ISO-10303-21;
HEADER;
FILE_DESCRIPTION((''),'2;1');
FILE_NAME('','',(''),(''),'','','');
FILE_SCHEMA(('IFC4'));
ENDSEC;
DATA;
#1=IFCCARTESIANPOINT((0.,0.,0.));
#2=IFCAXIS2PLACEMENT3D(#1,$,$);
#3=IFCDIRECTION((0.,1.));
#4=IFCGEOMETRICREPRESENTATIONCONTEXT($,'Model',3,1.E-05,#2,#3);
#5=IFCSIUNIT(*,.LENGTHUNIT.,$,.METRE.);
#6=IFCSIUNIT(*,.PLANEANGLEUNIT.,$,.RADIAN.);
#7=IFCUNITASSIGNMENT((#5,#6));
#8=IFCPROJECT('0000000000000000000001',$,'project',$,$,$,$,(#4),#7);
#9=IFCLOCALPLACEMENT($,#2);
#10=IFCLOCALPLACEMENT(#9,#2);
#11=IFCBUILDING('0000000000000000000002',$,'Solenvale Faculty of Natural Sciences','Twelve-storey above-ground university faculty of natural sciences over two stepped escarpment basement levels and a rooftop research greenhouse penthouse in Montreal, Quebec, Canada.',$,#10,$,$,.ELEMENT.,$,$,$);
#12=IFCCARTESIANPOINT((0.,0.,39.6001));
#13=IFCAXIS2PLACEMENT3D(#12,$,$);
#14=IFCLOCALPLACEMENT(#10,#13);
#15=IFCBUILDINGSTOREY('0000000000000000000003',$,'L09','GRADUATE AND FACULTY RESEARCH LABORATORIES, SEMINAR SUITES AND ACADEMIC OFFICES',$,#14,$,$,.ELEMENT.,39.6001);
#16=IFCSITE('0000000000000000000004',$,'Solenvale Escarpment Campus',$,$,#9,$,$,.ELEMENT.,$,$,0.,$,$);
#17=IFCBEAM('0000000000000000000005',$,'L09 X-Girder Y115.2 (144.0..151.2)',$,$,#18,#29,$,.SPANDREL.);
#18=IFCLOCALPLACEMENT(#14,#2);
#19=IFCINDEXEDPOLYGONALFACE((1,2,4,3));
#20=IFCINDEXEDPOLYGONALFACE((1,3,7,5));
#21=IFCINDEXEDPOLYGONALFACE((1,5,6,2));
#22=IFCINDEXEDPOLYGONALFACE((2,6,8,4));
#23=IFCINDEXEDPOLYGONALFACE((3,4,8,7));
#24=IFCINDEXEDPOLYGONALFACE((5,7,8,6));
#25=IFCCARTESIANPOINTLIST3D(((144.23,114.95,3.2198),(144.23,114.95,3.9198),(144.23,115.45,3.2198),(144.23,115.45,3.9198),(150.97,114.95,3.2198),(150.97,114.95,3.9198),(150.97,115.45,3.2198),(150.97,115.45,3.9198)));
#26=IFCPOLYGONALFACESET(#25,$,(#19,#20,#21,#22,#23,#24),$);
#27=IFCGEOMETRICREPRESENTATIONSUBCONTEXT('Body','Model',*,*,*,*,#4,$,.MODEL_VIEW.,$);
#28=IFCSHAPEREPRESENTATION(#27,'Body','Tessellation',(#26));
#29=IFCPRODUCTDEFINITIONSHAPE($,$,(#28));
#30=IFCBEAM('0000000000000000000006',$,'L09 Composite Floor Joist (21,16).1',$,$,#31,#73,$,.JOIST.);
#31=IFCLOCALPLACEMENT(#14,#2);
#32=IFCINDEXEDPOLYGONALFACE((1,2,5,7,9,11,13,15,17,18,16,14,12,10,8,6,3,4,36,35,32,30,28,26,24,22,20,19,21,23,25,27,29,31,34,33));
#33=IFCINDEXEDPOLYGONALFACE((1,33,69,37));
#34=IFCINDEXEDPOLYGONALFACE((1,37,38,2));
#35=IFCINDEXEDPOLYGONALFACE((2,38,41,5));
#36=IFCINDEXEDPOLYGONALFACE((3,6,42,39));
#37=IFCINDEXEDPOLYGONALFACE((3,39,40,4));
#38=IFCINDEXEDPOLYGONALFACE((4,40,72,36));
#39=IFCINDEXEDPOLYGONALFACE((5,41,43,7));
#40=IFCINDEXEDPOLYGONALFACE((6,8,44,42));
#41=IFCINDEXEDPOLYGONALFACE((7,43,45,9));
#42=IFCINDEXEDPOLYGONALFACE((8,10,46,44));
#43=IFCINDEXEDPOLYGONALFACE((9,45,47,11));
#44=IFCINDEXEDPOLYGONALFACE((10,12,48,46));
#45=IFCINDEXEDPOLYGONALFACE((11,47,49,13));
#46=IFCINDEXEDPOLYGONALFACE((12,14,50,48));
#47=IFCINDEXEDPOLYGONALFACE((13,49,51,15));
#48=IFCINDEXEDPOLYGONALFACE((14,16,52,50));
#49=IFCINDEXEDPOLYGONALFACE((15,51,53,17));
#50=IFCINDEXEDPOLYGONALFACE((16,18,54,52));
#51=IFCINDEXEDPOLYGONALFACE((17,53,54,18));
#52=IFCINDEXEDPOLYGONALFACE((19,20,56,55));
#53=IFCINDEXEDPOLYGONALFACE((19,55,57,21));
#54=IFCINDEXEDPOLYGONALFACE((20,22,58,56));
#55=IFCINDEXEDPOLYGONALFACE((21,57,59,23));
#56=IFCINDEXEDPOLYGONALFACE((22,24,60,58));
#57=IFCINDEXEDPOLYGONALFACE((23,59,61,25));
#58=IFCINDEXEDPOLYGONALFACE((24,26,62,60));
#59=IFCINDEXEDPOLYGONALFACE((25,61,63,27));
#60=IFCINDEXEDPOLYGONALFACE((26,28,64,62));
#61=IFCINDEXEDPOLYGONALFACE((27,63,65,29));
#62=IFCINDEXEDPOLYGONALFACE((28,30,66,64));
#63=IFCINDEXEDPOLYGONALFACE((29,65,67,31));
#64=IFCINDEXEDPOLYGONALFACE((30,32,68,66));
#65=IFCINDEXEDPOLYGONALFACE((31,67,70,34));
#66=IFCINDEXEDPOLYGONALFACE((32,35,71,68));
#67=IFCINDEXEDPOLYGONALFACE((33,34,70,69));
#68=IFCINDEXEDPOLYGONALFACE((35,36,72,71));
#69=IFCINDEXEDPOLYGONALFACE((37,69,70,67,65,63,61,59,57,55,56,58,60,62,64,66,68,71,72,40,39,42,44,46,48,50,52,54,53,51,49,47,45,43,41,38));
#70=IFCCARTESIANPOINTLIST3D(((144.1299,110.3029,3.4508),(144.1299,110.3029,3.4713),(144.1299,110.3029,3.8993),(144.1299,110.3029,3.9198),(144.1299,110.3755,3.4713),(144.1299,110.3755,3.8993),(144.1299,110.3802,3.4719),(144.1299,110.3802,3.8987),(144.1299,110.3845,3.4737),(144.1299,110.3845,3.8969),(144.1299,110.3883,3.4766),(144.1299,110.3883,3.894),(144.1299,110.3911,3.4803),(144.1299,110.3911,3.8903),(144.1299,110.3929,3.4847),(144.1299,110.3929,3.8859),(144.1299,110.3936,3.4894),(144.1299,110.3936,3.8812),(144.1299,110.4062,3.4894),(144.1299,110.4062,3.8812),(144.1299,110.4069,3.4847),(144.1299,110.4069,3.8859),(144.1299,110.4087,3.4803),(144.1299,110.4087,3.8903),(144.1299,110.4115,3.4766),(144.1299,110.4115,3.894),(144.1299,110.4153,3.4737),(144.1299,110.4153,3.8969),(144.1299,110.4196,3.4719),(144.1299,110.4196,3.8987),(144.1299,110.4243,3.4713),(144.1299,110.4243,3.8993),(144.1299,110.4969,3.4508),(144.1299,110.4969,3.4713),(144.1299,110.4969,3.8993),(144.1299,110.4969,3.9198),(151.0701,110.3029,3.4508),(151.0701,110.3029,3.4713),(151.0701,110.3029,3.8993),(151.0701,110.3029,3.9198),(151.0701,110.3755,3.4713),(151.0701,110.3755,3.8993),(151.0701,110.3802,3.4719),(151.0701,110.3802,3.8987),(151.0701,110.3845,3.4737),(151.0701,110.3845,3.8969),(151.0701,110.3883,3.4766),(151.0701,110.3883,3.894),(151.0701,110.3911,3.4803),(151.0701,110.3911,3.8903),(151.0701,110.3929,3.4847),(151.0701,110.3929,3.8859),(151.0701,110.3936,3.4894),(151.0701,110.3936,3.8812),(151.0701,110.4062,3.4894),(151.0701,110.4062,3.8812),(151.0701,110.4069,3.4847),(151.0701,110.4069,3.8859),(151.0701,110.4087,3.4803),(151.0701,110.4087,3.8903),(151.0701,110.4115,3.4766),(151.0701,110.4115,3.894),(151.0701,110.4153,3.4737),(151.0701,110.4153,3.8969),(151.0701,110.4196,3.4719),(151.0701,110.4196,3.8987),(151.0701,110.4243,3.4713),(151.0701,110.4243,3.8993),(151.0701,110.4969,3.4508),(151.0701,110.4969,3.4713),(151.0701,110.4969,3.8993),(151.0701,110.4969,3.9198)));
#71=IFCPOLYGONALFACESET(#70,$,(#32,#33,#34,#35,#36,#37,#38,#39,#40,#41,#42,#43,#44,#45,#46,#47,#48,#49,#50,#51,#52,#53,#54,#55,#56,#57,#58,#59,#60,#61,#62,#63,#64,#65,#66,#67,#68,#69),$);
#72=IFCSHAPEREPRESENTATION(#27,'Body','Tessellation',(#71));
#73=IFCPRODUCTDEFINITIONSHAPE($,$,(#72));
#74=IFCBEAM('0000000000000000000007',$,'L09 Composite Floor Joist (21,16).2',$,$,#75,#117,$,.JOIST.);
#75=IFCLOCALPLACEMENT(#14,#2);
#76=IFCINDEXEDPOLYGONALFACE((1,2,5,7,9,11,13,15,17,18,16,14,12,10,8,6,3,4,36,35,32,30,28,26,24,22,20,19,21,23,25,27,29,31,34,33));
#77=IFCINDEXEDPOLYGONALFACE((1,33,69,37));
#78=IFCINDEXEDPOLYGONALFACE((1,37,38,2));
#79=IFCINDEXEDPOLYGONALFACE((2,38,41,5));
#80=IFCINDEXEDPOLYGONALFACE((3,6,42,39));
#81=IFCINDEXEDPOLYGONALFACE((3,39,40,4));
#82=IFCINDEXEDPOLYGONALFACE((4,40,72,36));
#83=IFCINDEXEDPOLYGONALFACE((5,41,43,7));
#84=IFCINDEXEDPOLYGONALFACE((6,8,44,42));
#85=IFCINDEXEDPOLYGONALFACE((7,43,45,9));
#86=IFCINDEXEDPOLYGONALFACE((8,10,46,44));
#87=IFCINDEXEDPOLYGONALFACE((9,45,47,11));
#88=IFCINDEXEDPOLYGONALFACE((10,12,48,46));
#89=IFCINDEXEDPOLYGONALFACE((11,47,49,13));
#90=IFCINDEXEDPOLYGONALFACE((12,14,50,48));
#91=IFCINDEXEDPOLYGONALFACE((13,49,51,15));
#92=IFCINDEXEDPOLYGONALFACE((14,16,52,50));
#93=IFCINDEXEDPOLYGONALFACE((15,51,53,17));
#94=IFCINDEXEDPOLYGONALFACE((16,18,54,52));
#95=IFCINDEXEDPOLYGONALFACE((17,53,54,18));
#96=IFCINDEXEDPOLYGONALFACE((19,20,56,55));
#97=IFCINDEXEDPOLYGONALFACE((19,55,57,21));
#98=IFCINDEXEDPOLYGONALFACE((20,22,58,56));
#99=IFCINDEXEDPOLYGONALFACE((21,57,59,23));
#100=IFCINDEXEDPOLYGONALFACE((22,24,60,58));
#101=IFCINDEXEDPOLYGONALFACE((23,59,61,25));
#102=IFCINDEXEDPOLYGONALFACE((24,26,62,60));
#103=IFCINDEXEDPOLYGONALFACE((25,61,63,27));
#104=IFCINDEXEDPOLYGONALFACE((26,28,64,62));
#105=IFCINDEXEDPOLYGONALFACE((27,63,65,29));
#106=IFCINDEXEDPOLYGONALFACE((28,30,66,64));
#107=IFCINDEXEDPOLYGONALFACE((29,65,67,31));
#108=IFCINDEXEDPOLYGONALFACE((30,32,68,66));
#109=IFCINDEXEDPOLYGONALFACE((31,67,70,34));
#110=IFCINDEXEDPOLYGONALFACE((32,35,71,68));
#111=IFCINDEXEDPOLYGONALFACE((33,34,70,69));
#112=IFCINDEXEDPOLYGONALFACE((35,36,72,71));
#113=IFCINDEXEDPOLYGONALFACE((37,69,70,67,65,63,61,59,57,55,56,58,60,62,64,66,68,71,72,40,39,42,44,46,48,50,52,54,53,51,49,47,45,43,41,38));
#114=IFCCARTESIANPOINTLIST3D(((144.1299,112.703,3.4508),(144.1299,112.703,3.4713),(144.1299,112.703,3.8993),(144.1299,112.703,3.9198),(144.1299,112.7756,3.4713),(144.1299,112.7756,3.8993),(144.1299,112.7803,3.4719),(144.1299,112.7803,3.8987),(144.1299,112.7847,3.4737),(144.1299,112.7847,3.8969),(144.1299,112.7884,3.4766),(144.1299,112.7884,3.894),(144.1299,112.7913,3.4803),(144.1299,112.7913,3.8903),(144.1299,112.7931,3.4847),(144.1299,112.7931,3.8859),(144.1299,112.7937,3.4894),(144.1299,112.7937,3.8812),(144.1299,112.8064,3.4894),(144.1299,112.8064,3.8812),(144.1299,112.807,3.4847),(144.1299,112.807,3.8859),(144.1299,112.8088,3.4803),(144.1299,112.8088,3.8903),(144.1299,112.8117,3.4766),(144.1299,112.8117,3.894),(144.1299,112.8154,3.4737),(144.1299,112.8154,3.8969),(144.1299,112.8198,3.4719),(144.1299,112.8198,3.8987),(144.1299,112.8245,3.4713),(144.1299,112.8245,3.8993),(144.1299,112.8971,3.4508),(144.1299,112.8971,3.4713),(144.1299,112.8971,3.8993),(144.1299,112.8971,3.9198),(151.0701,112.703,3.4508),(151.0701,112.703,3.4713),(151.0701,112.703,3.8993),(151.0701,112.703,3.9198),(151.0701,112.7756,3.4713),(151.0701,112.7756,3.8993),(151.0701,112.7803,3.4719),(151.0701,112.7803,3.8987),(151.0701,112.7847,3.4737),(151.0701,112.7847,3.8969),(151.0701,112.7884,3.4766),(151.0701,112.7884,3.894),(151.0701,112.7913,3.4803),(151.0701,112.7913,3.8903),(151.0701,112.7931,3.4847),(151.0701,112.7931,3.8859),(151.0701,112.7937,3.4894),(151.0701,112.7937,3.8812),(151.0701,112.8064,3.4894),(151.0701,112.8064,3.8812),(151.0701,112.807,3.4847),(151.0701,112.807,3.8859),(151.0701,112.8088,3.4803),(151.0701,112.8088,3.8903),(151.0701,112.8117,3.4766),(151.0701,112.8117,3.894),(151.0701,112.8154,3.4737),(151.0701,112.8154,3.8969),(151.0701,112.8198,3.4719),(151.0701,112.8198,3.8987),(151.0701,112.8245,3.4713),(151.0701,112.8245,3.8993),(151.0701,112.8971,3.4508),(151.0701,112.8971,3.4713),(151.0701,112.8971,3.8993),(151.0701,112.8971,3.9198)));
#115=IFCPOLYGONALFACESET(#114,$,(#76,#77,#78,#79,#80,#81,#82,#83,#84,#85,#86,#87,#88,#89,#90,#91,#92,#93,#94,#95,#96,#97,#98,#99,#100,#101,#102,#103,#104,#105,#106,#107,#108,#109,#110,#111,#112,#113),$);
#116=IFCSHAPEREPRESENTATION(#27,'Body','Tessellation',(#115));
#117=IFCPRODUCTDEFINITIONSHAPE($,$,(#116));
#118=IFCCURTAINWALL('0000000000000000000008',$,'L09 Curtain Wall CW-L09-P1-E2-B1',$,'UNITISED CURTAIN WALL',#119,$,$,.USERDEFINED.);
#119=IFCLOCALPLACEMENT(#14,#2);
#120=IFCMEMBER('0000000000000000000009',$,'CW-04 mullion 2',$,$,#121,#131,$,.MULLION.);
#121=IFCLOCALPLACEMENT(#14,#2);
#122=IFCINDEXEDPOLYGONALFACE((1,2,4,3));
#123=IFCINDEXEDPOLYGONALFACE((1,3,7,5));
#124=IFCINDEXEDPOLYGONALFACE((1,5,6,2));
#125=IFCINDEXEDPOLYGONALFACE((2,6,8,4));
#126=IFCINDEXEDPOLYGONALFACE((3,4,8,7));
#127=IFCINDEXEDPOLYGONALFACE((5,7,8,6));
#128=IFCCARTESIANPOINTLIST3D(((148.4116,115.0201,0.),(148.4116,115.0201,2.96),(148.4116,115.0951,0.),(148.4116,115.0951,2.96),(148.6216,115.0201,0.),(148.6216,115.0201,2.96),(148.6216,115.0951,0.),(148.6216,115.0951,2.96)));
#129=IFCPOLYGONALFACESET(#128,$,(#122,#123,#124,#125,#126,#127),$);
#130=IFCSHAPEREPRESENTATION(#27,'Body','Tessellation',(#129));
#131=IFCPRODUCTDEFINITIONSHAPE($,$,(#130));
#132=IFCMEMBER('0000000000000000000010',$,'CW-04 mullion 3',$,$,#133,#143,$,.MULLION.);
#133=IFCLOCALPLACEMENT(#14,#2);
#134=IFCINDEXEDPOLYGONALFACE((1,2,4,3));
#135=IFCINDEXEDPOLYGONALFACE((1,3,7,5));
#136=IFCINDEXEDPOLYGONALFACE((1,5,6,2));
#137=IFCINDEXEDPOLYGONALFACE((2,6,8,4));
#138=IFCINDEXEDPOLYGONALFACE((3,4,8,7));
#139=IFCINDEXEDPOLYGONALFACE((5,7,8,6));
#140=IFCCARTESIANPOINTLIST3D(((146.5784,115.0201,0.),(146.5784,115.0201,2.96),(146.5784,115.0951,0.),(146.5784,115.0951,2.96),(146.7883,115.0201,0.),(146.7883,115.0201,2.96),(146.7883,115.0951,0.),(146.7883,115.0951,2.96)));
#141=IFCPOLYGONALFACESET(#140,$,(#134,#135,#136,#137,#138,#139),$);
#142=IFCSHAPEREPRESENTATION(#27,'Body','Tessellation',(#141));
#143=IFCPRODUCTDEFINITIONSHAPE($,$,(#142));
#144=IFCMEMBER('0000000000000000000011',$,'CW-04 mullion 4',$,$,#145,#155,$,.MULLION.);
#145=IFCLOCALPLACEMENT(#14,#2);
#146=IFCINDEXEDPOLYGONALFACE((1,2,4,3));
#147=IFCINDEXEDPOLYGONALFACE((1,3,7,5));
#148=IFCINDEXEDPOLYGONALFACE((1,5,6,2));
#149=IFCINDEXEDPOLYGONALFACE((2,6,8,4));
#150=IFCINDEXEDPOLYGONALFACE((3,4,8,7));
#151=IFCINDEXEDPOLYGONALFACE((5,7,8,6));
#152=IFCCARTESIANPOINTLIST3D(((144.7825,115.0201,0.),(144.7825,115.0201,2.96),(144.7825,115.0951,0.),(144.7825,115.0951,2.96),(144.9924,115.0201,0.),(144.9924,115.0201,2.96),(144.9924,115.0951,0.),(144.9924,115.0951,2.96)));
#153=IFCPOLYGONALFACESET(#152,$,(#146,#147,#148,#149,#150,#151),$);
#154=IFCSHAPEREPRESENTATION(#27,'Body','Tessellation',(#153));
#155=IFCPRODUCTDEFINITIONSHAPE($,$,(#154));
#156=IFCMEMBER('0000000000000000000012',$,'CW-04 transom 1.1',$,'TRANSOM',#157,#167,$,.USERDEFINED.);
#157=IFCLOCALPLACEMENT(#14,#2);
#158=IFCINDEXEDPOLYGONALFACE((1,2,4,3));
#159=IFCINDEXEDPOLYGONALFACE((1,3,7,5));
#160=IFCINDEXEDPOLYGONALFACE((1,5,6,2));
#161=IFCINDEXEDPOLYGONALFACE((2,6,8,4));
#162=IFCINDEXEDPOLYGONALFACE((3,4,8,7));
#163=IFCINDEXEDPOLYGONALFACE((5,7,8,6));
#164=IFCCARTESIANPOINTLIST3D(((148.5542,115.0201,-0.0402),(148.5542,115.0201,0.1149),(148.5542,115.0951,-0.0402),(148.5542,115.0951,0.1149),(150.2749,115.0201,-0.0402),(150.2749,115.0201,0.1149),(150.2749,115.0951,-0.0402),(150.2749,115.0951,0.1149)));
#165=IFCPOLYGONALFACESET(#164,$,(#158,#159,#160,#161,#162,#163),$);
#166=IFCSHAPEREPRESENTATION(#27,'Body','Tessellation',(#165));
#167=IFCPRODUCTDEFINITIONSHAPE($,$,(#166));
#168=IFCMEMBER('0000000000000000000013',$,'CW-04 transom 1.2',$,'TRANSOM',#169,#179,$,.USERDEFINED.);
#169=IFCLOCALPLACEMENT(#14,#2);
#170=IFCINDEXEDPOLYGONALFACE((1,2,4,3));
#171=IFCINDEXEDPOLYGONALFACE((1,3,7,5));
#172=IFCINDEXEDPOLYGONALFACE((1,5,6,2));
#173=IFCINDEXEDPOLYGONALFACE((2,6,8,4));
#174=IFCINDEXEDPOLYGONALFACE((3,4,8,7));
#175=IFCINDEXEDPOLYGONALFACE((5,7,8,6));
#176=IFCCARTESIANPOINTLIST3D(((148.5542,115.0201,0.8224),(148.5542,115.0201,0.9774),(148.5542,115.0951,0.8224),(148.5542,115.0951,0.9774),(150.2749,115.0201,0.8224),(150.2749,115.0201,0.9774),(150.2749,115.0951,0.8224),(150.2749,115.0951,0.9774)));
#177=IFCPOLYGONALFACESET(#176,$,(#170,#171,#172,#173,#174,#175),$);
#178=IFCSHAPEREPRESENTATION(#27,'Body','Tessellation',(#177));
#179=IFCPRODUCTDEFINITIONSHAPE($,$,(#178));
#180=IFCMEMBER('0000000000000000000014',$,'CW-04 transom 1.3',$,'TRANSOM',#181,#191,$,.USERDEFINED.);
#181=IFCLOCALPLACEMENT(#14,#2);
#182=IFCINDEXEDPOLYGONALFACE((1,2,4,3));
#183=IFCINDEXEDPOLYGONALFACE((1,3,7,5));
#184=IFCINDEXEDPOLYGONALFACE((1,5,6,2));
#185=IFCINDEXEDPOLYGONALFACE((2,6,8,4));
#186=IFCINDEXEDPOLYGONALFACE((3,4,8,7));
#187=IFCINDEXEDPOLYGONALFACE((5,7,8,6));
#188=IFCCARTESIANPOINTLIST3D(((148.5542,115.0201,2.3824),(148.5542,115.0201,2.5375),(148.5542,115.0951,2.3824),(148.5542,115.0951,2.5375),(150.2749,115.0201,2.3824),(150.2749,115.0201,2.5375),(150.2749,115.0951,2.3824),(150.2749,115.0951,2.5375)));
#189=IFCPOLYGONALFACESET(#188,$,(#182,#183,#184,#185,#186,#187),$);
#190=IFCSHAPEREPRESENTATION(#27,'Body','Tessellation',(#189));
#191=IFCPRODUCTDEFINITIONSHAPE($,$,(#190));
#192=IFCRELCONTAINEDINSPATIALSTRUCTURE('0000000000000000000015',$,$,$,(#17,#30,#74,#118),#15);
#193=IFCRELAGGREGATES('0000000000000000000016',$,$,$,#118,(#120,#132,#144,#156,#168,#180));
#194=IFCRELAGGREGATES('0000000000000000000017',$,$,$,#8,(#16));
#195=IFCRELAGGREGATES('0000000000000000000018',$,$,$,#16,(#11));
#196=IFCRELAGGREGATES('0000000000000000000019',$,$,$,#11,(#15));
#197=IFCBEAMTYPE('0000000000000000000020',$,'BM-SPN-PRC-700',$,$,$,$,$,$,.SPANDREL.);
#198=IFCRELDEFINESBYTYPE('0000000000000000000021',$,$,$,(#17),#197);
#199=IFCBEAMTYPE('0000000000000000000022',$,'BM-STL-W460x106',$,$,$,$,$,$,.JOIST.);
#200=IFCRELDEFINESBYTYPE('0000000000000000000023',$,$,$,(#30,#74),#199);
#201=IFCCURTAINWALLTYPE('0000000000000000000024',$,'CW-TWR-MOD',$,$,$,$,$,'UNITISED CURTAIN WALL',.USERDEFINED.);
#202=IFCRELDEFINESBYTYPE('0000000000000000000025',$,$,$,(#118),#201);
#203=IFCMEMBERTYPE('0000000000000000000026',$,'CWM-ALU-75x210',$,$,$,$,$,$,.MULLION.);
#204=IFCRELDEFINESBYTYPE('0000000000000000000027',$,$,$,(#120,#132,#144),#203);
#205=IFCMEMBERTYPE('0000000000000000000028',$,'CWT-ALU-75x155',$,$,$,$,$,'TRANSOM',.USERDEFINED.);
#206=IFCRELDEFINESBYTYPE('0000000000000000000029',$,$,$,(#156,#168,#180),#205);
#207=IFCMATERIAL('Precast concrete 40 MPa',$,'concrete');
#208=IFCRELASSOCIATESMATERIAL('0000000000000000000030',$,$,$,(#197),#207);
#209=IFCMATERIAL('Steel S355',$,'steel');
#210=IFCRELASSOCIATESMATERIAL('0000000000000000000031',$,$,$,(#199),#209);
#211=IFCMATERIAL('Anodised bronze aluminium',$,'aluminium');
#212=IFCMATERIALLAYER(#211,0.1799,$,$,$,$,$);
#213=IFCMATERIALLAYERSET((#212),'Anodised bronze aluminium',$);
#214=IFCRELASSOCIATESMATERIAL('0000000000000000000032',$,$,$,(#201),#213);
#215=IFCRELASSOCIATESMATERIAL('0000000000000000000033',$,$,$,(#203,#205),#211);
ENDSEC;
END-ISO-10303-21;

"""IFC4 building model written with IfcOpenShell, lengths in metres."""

from ifc_helpers import new_model, si_unit, direction, frame, origin, origin_2d, place, context, subcontext, project, spatial, rectangle, i_section, extrude, material, layer, layer_set, material_profile, profile_set, type_object, element, aggregate, save


model = new_model("IFC4")

# Units and contexts
model_context = context("Model", 3, precision=1e-05, world=origin(), true_north=direction((0.0, 1.0)))
body_context = subcontext(model_context, "Body", "Model", "MODEL_VIEW")
ifc_project = project(units=[si_unit("LENGTHUNIT", "METRE"), si_unit("PLANEANGLEUNIT", "RADIAN")], contexts=[model_context])

# Site, building, storey
site_placement = place(None, origin())
site = spatial("IfcSite", under=ifc_project, at=site_placement, Name="Solenvale Escarpment Campus", CompositionType="ELEMENT", RefElevation=0.0)
building_placement = place(site_placement, origin())
building = spatial("IfcBuilding", under=site, at=building_placement, Name="Solenvale Faculty of Natural Sciences", Description="Twelve-storey above-ground university faculty of natural sciences over two stepped escarpment basement levels and a rooftop research greenhouse penthouse in Montreal, Quebec, Canada.", CompositionType="ELEMENT")
storey_placement = place(building_placement, frame((0.0, 0.0, 39.6001)))
storey = spatial("IfcBuildingStorey", under=building, at=storey_placement, Name="L09", Description="GRADUATE AND FACULTY RESEARCH LABORATORIES, SEMINAR SUITES AND ACADEMIC OFFICES", CompositionType="ELEMENT", Elevation=39.6001)

# Beams
ifc_material_1 = material(Name="Precast concrete 40 MPa", Category="concrete")
ifc_material_profile_1 = material_profile(ifc_material_1, rectangle(XDim=0.5, YDim=0.7, at=origin_2d()), Name="RC-BM-500x700")
ifc_profile_set_1 = profile_set([ifc_material_profile_1], Name="Precast concrete 40 MPa")
beam_type_1 = type_object("IfcBeamType", Name="BM-SPN-PRC-700", PredefinedType="SPANDREL", material=ifc_profile_set_1)
beam_placement = place(storey_placement, frame((144.23, 115.2, 3.5698), z_axis=(1.0, 0.0, 0.0), x_axis=(0.0, 1.0, 0.0)))
element("IfcBeam", 1, at=beam_placement, inside=storey, type_object=beam_type_1, Name="L09 X-Girder Y115.2 (144.0..151.2)", PredefinedType="SPANDREL", context=body_context, shape_type="SweptSolid", body=[
    extrude(rectangle(XDim=0.5, YDim=0.7, at=origin_2d()), origin(), (0.0, 0.0, 1.0), 6.74),
])
ifc_material_2 = material(Name="Steel S355", Category="steel")
ifc_material_profile_2 = material_profile(ifc_material_2, i_section(OverallWidth=0.1941, OverallDepth=0.469, WebThickness=0.0127, FlangeThickness=0.0205, FilletRadius=0.0181, at=origin_2d()), Name="W460x106")
ifc_profile_set_2 = profile_set([ifc_material_profile_2], Name="Steel S355")
beam_type_2 = type_object("IfcBeamType", Name="BM-STL-W460x106", PredefinedType="JOIST", material=ifc_profile_set_2)
for number, where, z_axis, x_axis, name in (
    (2, (144.1299, 110.3999, 3.6853), (1.0, 0.0, 0.0), (0.0, 1.0, 0.0), "L09 Composite Floor Joist (21,16).1"),
    (3, (144.1299, 112.8, 3.6853), (1.0, 0.0, 0.0), (0.0, 1.0, 0.0), "L09 Composite Floor Joist (21,16).2"),
):
    element("IfcBeam", number, at=place(storey_placement, frame(where, z_axis=z_axis, x_axis=x_axis)), inside=storey, type_object=beam_type_2, Name=name, PredefinedType="JOIST", context=body_context, shape_type="SweptSolid", body=[
        extrude(i_section(OverallWidth=0.1941, OverallDepth=0.469, WebThickness=0.0127, FlangeThickness=0.0205, FilletRadius=0.0181, at=origin_2d()), origin(), (0.0, 0.0, 1.0), 6.9402),
    ])

# Curtain wall, members
ifc_material_3 = material(Name="Anodised bronze aluminium", Category="aluminium")
ifc_layer_1 = layer(ifc_material_3, 0.1799)
ifc_layer_set_1 = layer_set([ifc_layer_1], Name="Anodised bronze aluminium")
curtain_wall_type = type_object("IfcCurtainWallType", Name="CW-TWR-MOD", ElementType="UNITISED CURTAIN WALL", PredefinedType="USERDEFINED", material=ifc_layer_set_1)
curtain_wall_placement = place(storey_placement, origin())
curtain_wall = element("IfcCurtainWall", 4, at=curtain_wall_placement, inside=storey, type_object=curtain_wall_type, Name="L09 Curtain Wall CW-L09-P1-E2-B1", ObjectType="UNITISED CURTAIN WALL", PredefinedType="USERDEFINED")
ifc_material_profile_3 = material_profile(ifc_material_3, rectangle(XDim=0.075, YDim=0.21, at=origin_2d()), Name="ALU-MUL-75x210")
ifc_profile_set_3 = profile_set([ifc_material_profile_3], Name="Anodised bronze aluminium")
member_type_1 = type_object("IfcMemberType", Name="CWM-ALU-75x210", PredefinedType="MULLION", material=ifc_profile_set_3)
member_1_placement = place(storey_placement, frame((148.5166, 115.0576, 0.0), z_axis=(0.0, 0.0, 1.0), x_axis=(0.0, -1.0, 0.0)))
member_1 = element("IfcMember", 5, at=member_1_placement, type_object=member_type_1, Name="CW-04 mullion 2", PredefinedType="MULLION", context=body_context, shape_type="SweptSolid", body=[
    extrude(rectangle(XDim=0.075, YDim=0.21, at=origin_2d()), origin(), (0.0, 0.0, 1.0), 2.96),
])
member_2_placement = place(storey_placement, frame((146.6833, 115.0576, 0.0), z_axis=(0.0, 0.0, 1.0), x_axis=(0.0, -1.0, 0.0)))
member_2 = element("IfcMember", 6, at=member_2_placement, type_object=member_type_1, Name="CW-04 mullion 3", PredefinedType="MULLION", context=body_context, shape_type="SweptSolid", body=[
    extrude(rectangle(XDim=0.075, YDim=0.21, at=origin_2d()), origin(), (0.0, 0.0, 1.0), 2.96),
])
member_3_placement = place(storey_placement, frame((144.8875, 115.0576, 0.0), z_axis=(0.0, 0.0, 1.0), x_axis=(0.0, -1.0, 0.0)))
member_3 = element("IfcMember", 7, at=member_3_placement, type_object=member_type_1, Name="CW-04 mullion 4", PredefinedType="MULLION", context=body_context, shape_type="SweptSolid", body=[
    extrude(rectangle(XDim=0.075, YDim=0.21, at=origin_2d()), origin(), (0.0, 0.0, 1.0), 2.96),
])
ifc_material_profile_4 = material_profile(ifc_material_3, rectangle(XDim=0.075, YDim=0.155, at=origin_2d()), Name="ALU-TRN-75x155")
ifc_profile_set_4 = profile_set([ifc_material_profile_4], Name="Anodised bronze aluminium")
member_type_2 = type_object("IfcMemberType", Name="CWT-ALU-75x155", ElementType="TRANSOM", PredefinedType="USERDEFINED", material=ifc_profile_set_4)
member_4_placement = place(storey_placement, frame((150.2749, 115.0576, 0.0374), z_axis=(-1.0, 0.0, 0.0), x_axis=(0.0, -1.0, 0.0)))
member_4 = element("IfcMember", 8, at=member_4_placement, type_object=member_type_2, Name="CW-04 transom 1.1", ObjectType="TRANSOM", PredefinedType="USERDEFINED", context=body_context, shape_type="SweptSolid", body=[
    extrude(rectangle(XDim=0.075, YDim=0.155, at=origin_2d()), origin(), (0.0, 0.0, 1.0), 1.7207),
])
member_5_placement = place(storey_placement, frame((150.2749, 115.0576, 0.8999), z_axis=(-1.0, 0.0, 0.0), x_axis=(0.0, -1.0, 0.0)))
member_5 = element("IfcMember", 9, at=member_5_placement, type_object=member_type_2, Name="CW-04 transom 1.2", ObjectType="TRANSOM", PredefinedType="USERDEFINED", context=body_context, shape_type="SweptSolid", body=[
    extrude(rectangle(XDim=0.075, YDim=0.155, at=origin_2d()), origin(), (0.0, 0.0, 1.0), 1.7207),
])
member_6_placement = place(storey_placement, frame((150.2749, 115.0576, 2.46), z_axis=(-1.0, 0.0, 0.0), x_axis=(0.0, -1.0, 0.0)))
member_6 = element("IfcMember", 10, at=member_6_placement, type_object=member_type_2, Name="CW-04 transom 1.3", ObjectType="TRANSOM", PredefinedType="USERDEFINED", context=body_context, shape_type="SweptSolid", body=[
    extrude(rectangle(XDim=0.075, YDim=0.155, at=origin_2d()), origin(), (0.0, 0.0, 1.0), 1.7207),
])
aggregate(curtain_wall, [member_1, member_2, member_3, member_4, member_5, member_6])

save(model, "model.ifc")
